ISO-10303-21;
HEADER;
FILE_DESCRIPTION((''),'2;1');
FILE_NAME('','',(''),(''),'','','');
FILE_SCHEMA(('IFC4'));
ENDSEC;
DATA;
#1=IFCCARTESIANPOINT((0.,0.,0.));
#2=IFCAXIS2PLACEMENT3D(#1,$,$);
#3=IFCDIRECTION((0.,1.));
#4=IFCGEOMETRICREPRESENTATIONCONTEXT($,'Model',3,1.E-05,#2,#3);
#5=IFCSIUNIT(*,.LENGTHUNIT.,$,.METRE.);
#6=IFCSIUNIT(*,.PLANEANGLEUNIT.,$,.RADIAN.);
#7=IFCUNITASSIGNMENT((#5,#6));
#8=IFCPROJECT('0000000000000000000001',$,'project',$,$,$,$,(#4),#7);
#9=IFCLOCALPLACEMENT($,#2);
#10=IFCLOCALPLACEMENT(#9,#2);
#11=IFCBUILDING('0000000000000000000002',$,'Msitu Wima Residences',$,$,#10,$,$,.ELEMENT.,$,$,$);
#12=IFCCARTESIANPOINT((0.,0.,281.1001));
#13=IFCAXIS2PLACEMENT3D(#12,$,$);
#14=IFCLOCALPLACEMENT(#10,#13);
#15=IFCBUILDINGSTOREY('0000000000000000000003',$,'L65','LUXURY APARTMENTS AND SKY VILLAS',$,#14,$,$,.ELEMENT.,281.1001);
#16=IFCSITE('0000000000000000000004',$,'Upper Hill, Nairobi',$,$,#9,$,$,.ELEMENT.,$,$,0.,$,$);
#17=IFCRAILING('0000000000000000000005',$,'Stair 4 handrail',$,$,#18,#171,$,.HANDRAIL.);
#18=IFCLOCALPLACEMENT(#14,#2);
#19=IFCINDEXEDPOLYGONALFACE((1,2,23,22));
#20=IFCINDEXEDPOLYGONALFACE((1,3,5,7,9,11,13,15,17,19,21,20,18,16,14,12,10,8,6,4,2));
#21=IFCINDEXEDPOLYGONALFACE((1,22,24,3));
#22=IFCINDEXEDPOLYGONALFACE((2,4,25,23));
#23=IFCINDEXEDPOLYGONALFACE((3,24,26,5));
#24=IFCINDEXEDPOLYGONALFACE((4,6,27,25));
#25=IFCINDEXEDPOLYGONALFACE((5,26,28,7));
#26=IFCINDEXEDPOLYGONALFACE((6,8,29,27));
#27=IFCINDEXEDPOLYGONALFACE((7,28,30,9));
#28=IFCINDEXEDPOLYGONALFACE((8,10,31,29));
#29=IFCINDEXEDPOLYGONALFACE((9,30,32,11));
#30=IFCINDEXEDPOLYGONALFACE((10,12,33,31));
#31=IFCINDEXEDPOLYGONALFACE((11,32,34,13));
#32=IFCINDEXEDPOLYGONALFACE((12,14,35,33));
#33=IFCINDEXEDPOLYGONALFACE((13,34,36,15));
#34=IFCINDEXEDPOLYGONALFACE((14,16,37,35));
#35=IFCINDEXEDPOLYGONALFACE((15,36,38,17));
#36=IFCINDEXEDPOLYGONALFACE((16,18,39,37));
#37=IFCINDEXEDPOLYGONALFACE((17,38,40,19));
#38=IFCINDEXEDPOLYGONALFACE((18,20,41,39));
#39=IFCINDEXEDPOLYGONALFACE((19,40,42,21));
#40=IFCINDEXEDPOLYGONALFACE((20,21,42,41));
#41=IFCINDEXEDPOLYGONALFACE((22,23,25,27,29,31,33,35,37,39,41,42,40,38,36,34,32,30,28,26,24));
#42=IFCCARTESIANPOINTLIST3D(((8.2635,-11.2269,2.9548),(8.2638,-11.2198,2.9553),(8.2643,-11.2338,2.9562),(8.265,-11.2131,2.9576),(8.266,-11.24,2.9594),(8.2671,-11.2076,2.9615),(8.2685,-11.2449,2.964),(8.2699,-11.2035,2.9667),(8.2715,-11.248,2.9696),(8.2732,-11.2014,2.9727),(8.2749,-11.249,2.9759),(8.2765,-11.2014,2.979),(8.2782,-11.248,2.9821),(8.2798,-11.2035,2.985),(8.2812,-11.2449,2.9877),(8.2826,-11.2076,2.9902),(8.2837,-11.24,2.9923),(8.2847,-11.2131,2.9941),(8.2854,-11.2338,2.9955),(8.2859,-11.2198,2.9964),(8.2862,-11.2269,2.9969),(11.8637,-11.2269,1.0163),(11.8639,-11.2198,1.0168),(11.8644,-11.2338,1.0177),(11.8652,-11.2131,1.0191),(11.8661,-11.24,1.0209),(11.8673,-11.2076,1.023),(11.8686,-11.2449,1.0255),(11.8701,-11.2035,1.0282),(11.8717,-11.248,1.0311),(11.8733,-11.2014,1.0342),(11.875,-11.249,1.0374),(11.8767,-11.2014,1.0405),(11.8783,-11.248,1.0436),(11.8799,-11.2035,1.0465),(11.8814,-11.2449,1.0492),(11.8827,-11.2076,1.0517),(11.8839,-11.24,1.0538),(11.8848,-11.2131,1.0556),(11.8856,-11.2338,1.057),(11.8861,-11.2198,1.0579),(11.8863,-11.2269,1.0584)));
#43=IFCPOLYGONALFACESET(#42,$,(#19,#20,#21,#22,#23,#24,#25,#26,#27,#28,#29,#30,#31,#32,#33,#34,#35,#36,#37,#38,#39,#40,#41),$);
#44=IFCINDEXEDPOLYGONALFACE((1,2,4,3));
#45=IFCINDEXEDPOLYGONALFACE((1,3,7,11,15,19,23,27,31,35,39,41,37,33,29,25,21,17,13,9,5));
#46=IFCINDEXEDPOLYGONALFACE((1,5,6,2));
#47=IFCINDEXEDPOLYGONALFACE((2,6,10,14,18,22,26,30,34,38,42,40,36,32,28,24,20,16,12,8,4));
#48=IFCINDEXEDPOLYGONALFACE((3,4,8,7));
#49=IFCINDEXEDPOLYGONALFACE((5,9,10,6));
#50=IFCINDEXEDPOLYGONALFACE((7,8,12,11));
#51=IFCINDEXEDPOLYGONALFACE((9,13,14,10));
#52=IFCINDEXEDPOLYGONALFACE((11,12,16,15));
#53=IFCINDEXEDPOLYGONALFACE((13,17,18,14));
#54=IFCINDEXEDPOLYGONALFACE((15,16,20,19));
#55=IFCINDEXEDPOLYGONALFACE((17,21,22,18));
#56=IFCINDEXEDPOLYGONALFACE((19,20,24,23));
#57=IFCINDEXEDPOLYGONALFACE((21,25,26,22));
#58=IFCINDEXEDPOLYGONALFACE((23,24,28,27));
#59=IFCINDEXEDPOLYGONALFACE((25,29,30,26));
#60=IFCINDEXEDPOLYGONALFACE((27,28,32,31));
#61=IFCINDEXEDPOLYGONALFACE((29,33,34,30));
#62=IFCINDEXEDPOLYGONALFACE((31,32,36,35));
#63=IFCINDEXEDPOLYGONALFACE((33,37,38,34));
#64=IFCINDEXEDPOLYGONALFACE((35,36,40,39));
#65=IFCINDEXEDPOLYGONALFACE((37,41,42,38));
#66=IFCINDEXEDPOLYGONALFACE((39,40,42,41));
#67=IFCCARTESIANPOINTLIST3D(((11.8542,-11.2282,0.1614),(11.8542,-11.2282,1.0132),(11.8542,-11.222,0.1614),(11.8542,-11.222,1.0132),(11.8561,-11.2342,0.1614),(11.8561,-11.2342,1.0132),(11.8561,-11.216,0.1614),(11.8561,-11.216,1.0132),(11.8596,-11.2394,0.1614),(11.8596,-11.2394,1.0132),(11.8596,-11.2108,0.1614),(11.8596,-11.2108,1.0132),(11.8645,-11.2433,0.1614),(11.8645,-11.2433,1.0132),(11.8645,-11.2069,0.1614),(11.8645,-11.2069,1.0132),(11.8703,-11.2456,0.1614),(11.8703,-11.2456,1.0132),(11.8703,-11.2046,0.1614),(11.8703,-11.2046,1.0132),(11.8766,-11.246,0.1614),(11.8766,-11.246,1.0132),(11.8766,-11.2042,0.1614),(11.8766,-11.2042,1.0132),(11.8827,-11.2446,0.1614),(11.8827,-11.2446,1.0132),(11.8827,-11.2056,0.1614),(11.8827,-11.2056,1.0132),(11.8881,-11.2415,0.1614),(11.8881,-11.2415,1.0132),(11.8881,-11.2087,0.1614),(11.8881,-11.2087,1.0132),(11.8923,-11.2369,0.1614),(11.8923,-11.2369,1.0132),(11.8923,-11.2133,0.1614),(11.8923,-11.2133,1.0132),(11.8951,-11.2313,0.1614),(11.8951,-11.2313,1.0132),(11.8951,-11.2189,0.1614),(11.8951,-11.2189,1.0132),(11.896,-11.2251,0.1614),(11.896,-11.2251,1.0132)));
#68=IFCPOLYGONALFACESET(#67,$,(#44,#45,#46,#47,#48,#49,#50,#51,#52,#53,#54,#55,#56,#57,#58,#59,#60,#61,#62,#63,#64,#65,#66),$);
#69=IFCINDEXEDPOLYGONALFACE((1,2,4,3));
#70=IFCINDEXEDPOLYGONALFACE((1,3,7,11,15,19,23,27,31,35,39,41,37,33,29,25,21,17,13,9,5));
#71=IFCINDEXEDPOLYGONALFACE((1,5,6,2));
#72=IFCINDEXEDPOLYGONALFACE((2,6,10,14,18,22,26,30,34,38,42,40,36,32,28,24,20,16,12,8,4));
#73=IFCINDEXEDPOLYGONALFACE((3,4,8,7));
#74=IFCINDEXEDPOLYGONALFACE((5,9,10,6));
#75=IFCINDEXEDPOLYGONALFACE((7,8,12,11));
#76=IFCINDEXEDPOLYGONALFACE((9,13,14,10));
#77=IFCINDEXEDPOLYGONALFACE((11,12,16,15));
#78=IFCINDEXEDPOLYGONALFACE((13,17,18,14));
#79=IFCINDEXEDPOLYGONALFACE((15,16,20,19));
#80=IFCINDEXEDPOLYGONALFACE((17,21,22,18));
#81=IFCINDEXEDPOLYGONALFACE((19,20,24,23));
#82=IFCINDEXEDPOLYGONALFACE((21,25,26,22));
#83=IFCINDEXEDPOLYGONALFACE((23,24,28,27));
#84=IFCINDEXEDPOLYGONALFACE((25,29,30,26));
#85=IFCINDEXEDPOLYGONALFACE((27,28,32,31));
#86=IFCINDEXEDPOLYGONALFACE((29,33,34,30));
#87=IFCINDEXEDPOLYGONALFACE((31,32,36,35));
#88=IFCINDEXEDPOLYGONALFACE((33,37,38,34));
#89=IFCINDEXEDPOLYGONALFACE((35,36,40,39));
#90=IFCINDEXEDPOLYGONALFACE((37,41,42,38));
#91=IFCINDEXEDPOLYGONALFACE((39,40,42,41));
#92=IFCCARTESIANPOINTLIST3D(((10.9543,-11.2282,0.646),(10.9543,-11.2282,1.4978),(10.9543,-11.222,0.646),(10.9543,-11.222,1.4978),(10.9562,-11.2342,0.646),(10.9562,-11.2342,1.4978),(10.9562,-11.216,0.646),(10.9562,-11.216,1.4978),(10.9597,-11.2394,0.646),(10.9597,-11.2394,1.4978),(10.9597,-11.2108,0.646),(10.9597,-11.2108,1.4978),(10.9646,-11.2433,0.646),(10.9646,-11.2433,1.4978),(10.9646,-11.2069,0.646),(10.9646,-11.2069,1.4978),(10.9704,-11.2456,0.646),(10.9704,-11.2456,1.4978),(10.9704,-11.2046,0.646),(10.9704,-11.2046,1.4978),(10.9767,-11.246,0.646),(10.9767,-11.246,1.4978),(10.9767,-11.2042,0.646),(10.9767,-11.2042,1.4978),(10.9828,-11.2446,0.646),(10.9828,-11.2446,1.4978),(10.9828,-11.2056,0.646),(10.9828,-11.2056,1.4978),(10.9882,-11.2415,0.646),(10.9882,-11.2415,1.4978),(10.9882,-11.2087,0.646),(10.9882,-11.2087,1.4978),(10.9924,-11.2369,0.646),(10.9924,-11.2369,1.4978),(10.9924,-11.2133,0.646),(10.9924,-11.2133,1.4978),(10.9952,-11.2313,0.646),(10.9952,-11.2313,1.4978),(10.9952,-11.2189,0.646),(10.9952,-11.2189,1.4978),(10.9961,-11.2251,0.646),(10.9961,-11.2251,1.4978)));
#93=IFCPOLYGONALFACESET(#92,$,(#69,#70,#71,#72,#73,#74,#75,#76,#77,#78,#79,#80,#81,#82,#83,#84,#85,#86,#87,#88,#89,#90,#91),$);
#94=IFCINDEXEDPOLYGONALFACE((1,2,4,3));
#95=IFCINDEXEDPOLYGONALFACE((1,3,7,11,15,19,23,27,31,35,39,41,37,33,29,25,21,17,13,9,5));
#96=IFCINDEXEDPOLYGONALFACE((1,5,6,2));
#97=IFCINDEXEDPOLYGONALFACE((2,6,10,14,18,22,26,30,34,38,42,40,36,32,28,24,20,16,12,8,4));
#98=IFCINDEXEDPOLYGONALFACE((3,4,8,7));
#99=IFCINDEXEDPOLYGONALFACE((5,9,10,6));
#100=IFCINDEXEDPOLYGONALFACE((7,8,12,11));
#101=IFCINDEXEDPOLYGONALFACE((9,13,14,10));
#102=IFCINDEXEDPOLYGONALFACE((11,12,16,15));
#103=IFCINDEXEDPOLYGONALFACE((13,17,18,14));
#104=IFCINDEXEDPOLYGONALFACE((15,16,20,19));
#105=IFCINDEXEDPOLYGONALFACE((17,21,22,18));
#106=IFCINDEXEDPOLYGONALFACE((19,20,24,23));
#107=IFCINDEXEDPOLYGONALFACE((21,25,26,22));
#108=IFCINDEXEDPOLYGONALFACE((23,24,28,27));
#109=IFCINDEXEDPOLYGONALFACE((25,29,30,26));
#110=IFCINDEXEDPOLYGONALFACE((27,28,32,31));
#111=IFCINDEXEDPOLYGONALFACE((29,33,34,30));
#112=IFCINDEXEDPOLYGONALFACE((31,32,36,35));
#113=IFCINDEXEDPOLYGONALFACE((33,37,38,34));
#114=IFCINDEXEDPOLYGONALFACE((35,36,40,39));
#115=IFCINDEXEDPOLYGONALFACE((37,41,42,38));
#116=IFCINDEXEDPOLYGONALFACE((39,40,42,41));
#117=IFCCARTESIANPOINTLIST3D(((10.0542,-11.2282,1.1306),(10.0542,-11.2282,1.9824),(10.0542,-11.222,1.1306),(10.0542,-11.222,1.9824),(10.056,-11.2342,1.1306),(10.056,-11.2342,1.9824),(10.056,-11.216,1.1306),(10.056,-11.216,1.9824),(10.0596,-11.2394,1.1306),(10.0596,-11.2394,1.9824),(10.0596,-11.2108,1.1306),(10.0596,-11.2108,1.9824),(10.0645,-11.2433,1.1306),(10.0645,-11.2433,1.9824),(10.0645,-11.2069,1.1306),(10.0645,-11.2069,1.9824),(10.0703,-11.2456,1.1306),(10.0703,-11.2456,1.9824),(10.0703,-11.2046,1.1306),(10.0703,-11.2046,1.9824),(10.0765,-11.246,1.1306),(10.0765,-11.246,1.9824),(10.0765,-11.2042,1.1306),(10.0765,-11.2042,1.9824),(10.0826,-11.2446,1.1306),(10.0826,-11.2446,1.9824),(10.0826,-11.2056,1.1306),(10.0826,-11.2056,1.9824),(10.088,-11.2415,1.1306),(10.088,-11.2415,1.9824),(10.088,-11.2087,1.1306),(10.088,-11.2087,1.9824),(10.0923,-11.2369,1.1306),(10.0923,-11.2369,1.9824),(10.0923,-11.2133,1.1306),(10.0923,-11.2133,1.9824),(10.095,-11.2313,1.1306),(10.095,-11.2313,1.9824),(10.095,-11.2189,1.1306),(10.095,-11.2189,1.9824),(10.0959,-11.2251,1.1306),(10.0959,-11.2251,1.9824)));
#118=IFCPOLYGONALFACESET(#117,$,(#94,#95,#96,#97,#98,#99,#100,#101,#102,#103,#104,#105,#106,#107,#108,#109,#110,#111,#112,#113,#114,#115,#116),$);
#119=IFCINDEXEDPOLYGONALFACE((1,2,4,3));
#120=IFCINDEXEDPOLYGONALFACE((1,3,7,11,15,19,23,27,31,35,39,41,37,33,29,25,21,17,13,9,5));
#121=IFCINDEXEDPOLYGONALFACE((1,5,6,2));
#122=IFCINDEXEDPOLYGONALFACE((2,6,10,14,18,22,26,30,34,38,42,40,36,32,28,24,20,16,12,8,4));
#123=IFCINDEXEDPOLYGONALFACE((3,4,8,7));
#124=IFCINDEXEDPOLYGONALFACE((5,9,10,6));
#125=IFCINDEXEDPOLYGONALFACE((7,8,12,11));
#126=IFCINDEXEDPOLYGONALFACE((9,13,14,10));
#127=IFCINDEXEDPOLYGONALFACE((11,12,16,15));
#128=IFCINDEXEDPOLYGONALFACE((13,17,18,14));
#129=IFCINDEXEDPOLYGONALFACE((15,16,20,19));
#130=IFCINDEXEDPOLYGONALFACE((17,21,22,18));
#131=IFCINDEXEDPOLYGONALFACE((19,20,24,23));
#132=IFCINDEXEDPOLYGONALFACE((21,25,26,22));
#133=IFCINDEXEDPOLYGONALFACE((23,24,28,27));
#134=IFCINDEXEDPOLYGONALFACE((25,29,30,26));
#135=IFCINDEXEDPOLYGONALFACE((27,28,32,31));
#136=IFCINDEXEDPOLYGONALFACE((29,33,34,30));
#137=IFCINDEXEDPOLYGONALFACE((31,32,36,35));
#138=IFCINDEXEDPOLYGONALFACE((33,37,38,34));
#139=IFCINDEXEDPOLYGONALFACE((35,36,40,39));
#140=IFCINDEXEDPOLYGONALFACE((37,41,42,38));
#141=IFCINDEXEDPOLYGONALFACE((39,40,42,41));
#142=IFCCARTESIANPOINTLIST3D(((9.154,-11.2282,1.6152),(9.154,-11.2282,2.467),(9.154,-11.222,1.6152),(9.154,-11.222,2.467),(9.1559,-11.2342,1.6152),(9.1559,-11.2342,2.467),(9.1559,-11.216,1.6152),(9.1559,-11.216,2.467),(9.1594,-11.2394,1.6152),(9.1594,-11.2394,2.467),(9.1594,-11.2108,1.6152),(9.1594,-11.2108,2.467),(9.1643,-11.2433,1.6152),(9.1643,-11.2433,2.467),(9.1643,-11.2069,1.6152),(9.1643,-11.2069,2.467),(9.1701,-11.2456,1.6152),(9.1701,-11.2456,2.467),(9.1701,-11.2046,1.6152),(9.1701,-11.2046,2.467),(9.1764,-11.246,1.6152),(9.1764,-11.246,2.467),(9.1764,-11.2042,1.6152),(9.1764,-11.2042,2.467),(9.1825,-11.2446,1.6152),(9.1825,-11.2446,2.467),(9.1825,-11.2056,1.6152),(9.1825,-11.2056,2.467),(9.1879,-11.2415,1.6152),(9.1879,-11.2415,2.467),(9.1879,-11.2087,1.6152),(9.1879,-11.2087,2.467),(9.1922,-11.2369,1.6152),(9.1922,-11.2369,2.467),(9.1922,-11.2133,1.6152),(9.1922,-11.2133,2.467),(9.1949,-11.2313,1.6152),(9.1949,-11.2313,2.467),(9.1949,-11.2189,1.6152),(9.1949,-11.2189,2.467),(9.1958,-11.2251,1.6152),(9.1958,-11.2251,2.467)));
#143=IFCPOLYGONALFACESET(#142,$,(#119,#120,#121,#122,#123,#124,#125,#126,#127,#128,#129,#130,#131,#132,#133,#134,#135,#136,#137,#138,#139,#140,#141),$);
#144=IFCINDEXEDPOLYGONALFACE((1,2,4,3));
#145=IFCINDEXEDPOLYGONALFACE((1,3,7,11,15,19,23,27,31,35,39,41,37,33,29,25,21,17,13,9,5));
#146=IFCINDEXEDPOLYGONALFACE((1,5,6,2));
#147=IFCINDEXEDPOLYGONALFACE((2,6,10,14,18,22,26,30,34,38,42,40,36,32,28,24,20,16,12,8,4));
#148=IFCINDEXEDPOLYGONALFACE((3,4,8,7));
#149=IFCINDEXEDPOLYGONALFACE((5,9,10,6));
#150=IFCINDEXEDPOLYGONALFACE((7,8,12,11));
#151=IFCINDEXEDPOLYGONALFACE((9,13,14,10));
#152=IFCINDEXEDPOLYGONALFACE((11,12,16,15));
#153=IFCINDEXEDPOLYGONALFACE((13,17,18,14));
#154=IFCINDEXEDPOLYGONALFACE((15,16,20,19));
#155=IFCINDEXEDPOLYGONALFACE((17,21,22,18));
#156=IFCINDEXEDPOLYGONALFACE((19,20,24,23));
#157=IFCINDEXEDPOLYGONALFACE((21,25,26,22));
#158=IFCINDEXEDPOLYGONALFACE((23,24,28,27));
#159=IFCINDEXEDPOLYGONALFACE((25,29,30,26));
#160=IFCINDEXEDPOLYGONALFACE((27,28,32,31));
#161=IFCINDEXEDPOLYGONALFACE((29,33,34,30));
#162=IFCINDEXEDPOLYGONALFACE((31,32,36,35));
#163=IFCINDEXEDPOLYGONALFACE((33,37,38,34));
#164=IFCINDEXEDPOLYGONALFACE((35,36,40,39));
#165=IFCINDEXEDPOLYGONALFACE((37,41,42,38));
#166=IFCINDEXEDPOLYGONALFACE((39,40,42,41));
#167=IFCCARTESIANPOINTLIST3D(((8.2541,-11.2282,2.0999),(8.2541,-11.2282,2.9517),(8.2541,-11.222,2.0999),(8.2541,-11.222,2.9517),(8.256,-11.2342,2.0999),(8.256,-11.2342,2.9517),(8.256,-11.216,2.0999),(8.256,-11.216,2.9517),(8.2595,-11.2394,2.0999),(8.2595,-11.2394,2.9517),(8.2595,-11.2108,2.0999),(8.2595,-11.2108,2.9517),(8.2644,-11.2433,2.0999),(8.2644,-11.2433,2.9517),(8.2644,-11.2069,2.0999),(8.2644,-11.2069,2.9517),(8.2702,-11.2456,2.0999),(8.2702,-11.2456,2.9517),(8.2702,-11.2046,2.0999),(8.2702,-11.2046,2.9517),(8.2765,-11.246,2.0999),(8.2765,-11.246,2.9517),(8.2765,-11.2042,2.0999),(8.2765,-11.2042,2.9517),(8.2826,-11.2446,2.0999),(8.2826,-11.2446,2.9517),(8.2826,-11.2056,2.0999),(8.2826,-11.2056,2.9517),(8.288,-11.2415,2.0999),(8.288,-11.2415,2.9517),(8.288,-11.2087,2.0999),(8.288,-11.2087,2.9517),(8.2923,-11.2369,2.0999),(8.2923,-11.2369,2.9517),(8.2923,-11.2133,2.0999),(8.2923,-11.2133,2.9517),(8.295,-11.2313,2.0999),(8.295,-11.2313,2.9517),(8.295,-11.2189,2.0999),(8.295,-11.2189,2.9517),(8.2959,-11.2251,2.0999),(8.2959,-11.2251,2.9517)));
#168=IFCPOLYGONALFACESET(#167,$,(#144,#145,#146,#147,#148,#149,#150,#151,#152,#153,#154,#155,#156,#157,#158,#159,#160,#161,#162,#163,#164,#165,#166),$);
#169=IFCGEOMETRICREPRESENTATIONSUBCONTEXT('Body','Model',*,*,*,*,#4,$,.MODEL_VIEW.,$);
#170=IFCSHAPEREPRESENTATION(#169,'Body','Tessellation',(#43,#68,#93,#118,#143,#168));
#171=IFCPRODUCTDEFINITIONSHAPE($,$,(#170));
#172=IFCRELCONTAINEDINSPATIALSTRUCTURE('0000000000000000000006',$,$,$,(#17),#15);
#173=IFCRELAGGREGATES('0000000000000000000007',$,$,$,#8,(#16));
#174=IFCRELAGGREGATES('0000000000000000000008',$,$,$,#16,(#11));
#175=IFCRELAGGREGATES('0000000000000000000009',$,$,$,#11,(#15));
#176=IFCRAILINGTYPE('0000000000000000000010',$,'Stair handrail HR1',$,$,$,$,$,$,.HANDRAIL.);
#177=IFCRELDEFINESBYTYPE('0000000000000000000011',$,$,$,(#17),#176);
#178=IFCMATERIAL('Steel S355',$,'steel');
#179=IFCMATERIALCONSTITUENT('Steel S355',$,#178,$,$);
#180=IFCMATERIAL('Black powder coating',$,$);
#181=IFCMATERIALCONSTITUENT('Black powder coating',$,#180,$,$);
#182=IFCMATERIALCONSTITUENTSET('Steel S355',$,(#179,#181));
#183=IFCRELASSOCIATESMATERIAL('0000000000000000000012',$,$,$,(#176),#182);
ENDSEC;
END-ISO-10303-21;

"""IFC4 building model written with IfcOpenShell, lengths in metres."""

from ifc_helpers import new_model, si_unit, direction, frame, origin, origin_2d, place, context, subcontext, project, spatial, circle, extrude, material, constituent, constituent_set, type_object, element, save


model = new_model("IFC4")

# Units and contexts
model_context = context("Model", 3, precision=1e-05, world=origin(), true_north=direction((0.0, 1.0)))
body_context = subcontext(model_context, "Body", "Model", "MODEL_VIEW")
ifc_project = project(units=[si_unit("LENGTHUNIT", "METRE"), si_unit("PLANEANGLEUNIT", "RADIAN")], contexts=[model_context])

# Site, building, storey
site_placement = place(None, origin())
site = spatial("IfcSite", under=ifc_project, at=site_placement, Name="Upper Hill, Nairobi", CompositionType="ELEMENT", RefElevation=0.0)
building_placement = place(site_placement, origin())
building = spatial("IfcBuilding", under=site, at=building_placement, Name="Msitu Wima Residences", CompositionType="ELEMENT")
storey_placement = place(building_placement, frame((0.0, 0.0, 281.1001)))
storey = spatial("IfcBuildingStorey", under=building, at=storey_placement, Name="L65", Description="LUXURY APARTMENTS AND SKY VILLAS", CompositionType="ELEMENT", Elevation=281.1001)

# Railing
ifc_material_1 = material(Name="Steel S355", Category="steel")
ifc_constituent_1 = constituent(ifc_material_1, Name="Steel S355")
ifc_material_2 = material(Name="Black powder coating")
ifc_constituent_2 = constituent(ifc_material_2, Name="Black powder coating")
ifc_constituent_set = constituent_set(constituents=[ifc_constituent_1, ifc_constituent_2], Name="Steel S355")
railing_type = type_object("IfcRailingType", Name="Stair handrail HR1", PredefinedType="HANDRAIL", material=ifc_constituent_set)
for number, where, name in (
    (1, (11.875, -11.2251, 0.1614), "Stair 4 handrail"),
):
    element("IfcRailing", number, at=place(storey_placement, frame(where)), inside=storey, type_object=railing_type, Name=name, PredefinedType="HANDRAIL", context=body_context, shape_type="SweptSolid", body=[
        extrude(circle(Radius=0.0239, at=origin_2d()), frame((0.0, 0.0, 0.876), z_axis=(-0.880475, 0.0, 0.474093), x_axis=(0.0, -1.0, 0.0)), (0.0, 0.0, 1.0), 4.0889),
        extrude(circle(Radius=0.021, at=origin_2d()), origin(), (0.0, 0.0, 1.0), 0.8518),
        extrude(circle(Radius=0.021, at=origin_2d()), frame((-0.8999, 0.0, 0.4846)), (0.0, 0.0, 1.0), 0.8518),
        extrude(circle(Radius=0.021, at=origin_2d()), frame((-1.8, 0.0, 0.9692)), (0.0, 0.0, 1.0), 0.8518),
        extrude(circle(Radius=0.021, at=origin_2d()), frame((-2.7002, 0.0, 1.4539)), (0.0, 0.0, 1.0), 0.8518),
        extrude(circle(Radius=0.021, at=origin_2d()), frame((-3.6001, 0.0, 1.9385)), (0.0, 0.0, 1.0), 0.8518),
    ])

save(model, "model.ifc")
